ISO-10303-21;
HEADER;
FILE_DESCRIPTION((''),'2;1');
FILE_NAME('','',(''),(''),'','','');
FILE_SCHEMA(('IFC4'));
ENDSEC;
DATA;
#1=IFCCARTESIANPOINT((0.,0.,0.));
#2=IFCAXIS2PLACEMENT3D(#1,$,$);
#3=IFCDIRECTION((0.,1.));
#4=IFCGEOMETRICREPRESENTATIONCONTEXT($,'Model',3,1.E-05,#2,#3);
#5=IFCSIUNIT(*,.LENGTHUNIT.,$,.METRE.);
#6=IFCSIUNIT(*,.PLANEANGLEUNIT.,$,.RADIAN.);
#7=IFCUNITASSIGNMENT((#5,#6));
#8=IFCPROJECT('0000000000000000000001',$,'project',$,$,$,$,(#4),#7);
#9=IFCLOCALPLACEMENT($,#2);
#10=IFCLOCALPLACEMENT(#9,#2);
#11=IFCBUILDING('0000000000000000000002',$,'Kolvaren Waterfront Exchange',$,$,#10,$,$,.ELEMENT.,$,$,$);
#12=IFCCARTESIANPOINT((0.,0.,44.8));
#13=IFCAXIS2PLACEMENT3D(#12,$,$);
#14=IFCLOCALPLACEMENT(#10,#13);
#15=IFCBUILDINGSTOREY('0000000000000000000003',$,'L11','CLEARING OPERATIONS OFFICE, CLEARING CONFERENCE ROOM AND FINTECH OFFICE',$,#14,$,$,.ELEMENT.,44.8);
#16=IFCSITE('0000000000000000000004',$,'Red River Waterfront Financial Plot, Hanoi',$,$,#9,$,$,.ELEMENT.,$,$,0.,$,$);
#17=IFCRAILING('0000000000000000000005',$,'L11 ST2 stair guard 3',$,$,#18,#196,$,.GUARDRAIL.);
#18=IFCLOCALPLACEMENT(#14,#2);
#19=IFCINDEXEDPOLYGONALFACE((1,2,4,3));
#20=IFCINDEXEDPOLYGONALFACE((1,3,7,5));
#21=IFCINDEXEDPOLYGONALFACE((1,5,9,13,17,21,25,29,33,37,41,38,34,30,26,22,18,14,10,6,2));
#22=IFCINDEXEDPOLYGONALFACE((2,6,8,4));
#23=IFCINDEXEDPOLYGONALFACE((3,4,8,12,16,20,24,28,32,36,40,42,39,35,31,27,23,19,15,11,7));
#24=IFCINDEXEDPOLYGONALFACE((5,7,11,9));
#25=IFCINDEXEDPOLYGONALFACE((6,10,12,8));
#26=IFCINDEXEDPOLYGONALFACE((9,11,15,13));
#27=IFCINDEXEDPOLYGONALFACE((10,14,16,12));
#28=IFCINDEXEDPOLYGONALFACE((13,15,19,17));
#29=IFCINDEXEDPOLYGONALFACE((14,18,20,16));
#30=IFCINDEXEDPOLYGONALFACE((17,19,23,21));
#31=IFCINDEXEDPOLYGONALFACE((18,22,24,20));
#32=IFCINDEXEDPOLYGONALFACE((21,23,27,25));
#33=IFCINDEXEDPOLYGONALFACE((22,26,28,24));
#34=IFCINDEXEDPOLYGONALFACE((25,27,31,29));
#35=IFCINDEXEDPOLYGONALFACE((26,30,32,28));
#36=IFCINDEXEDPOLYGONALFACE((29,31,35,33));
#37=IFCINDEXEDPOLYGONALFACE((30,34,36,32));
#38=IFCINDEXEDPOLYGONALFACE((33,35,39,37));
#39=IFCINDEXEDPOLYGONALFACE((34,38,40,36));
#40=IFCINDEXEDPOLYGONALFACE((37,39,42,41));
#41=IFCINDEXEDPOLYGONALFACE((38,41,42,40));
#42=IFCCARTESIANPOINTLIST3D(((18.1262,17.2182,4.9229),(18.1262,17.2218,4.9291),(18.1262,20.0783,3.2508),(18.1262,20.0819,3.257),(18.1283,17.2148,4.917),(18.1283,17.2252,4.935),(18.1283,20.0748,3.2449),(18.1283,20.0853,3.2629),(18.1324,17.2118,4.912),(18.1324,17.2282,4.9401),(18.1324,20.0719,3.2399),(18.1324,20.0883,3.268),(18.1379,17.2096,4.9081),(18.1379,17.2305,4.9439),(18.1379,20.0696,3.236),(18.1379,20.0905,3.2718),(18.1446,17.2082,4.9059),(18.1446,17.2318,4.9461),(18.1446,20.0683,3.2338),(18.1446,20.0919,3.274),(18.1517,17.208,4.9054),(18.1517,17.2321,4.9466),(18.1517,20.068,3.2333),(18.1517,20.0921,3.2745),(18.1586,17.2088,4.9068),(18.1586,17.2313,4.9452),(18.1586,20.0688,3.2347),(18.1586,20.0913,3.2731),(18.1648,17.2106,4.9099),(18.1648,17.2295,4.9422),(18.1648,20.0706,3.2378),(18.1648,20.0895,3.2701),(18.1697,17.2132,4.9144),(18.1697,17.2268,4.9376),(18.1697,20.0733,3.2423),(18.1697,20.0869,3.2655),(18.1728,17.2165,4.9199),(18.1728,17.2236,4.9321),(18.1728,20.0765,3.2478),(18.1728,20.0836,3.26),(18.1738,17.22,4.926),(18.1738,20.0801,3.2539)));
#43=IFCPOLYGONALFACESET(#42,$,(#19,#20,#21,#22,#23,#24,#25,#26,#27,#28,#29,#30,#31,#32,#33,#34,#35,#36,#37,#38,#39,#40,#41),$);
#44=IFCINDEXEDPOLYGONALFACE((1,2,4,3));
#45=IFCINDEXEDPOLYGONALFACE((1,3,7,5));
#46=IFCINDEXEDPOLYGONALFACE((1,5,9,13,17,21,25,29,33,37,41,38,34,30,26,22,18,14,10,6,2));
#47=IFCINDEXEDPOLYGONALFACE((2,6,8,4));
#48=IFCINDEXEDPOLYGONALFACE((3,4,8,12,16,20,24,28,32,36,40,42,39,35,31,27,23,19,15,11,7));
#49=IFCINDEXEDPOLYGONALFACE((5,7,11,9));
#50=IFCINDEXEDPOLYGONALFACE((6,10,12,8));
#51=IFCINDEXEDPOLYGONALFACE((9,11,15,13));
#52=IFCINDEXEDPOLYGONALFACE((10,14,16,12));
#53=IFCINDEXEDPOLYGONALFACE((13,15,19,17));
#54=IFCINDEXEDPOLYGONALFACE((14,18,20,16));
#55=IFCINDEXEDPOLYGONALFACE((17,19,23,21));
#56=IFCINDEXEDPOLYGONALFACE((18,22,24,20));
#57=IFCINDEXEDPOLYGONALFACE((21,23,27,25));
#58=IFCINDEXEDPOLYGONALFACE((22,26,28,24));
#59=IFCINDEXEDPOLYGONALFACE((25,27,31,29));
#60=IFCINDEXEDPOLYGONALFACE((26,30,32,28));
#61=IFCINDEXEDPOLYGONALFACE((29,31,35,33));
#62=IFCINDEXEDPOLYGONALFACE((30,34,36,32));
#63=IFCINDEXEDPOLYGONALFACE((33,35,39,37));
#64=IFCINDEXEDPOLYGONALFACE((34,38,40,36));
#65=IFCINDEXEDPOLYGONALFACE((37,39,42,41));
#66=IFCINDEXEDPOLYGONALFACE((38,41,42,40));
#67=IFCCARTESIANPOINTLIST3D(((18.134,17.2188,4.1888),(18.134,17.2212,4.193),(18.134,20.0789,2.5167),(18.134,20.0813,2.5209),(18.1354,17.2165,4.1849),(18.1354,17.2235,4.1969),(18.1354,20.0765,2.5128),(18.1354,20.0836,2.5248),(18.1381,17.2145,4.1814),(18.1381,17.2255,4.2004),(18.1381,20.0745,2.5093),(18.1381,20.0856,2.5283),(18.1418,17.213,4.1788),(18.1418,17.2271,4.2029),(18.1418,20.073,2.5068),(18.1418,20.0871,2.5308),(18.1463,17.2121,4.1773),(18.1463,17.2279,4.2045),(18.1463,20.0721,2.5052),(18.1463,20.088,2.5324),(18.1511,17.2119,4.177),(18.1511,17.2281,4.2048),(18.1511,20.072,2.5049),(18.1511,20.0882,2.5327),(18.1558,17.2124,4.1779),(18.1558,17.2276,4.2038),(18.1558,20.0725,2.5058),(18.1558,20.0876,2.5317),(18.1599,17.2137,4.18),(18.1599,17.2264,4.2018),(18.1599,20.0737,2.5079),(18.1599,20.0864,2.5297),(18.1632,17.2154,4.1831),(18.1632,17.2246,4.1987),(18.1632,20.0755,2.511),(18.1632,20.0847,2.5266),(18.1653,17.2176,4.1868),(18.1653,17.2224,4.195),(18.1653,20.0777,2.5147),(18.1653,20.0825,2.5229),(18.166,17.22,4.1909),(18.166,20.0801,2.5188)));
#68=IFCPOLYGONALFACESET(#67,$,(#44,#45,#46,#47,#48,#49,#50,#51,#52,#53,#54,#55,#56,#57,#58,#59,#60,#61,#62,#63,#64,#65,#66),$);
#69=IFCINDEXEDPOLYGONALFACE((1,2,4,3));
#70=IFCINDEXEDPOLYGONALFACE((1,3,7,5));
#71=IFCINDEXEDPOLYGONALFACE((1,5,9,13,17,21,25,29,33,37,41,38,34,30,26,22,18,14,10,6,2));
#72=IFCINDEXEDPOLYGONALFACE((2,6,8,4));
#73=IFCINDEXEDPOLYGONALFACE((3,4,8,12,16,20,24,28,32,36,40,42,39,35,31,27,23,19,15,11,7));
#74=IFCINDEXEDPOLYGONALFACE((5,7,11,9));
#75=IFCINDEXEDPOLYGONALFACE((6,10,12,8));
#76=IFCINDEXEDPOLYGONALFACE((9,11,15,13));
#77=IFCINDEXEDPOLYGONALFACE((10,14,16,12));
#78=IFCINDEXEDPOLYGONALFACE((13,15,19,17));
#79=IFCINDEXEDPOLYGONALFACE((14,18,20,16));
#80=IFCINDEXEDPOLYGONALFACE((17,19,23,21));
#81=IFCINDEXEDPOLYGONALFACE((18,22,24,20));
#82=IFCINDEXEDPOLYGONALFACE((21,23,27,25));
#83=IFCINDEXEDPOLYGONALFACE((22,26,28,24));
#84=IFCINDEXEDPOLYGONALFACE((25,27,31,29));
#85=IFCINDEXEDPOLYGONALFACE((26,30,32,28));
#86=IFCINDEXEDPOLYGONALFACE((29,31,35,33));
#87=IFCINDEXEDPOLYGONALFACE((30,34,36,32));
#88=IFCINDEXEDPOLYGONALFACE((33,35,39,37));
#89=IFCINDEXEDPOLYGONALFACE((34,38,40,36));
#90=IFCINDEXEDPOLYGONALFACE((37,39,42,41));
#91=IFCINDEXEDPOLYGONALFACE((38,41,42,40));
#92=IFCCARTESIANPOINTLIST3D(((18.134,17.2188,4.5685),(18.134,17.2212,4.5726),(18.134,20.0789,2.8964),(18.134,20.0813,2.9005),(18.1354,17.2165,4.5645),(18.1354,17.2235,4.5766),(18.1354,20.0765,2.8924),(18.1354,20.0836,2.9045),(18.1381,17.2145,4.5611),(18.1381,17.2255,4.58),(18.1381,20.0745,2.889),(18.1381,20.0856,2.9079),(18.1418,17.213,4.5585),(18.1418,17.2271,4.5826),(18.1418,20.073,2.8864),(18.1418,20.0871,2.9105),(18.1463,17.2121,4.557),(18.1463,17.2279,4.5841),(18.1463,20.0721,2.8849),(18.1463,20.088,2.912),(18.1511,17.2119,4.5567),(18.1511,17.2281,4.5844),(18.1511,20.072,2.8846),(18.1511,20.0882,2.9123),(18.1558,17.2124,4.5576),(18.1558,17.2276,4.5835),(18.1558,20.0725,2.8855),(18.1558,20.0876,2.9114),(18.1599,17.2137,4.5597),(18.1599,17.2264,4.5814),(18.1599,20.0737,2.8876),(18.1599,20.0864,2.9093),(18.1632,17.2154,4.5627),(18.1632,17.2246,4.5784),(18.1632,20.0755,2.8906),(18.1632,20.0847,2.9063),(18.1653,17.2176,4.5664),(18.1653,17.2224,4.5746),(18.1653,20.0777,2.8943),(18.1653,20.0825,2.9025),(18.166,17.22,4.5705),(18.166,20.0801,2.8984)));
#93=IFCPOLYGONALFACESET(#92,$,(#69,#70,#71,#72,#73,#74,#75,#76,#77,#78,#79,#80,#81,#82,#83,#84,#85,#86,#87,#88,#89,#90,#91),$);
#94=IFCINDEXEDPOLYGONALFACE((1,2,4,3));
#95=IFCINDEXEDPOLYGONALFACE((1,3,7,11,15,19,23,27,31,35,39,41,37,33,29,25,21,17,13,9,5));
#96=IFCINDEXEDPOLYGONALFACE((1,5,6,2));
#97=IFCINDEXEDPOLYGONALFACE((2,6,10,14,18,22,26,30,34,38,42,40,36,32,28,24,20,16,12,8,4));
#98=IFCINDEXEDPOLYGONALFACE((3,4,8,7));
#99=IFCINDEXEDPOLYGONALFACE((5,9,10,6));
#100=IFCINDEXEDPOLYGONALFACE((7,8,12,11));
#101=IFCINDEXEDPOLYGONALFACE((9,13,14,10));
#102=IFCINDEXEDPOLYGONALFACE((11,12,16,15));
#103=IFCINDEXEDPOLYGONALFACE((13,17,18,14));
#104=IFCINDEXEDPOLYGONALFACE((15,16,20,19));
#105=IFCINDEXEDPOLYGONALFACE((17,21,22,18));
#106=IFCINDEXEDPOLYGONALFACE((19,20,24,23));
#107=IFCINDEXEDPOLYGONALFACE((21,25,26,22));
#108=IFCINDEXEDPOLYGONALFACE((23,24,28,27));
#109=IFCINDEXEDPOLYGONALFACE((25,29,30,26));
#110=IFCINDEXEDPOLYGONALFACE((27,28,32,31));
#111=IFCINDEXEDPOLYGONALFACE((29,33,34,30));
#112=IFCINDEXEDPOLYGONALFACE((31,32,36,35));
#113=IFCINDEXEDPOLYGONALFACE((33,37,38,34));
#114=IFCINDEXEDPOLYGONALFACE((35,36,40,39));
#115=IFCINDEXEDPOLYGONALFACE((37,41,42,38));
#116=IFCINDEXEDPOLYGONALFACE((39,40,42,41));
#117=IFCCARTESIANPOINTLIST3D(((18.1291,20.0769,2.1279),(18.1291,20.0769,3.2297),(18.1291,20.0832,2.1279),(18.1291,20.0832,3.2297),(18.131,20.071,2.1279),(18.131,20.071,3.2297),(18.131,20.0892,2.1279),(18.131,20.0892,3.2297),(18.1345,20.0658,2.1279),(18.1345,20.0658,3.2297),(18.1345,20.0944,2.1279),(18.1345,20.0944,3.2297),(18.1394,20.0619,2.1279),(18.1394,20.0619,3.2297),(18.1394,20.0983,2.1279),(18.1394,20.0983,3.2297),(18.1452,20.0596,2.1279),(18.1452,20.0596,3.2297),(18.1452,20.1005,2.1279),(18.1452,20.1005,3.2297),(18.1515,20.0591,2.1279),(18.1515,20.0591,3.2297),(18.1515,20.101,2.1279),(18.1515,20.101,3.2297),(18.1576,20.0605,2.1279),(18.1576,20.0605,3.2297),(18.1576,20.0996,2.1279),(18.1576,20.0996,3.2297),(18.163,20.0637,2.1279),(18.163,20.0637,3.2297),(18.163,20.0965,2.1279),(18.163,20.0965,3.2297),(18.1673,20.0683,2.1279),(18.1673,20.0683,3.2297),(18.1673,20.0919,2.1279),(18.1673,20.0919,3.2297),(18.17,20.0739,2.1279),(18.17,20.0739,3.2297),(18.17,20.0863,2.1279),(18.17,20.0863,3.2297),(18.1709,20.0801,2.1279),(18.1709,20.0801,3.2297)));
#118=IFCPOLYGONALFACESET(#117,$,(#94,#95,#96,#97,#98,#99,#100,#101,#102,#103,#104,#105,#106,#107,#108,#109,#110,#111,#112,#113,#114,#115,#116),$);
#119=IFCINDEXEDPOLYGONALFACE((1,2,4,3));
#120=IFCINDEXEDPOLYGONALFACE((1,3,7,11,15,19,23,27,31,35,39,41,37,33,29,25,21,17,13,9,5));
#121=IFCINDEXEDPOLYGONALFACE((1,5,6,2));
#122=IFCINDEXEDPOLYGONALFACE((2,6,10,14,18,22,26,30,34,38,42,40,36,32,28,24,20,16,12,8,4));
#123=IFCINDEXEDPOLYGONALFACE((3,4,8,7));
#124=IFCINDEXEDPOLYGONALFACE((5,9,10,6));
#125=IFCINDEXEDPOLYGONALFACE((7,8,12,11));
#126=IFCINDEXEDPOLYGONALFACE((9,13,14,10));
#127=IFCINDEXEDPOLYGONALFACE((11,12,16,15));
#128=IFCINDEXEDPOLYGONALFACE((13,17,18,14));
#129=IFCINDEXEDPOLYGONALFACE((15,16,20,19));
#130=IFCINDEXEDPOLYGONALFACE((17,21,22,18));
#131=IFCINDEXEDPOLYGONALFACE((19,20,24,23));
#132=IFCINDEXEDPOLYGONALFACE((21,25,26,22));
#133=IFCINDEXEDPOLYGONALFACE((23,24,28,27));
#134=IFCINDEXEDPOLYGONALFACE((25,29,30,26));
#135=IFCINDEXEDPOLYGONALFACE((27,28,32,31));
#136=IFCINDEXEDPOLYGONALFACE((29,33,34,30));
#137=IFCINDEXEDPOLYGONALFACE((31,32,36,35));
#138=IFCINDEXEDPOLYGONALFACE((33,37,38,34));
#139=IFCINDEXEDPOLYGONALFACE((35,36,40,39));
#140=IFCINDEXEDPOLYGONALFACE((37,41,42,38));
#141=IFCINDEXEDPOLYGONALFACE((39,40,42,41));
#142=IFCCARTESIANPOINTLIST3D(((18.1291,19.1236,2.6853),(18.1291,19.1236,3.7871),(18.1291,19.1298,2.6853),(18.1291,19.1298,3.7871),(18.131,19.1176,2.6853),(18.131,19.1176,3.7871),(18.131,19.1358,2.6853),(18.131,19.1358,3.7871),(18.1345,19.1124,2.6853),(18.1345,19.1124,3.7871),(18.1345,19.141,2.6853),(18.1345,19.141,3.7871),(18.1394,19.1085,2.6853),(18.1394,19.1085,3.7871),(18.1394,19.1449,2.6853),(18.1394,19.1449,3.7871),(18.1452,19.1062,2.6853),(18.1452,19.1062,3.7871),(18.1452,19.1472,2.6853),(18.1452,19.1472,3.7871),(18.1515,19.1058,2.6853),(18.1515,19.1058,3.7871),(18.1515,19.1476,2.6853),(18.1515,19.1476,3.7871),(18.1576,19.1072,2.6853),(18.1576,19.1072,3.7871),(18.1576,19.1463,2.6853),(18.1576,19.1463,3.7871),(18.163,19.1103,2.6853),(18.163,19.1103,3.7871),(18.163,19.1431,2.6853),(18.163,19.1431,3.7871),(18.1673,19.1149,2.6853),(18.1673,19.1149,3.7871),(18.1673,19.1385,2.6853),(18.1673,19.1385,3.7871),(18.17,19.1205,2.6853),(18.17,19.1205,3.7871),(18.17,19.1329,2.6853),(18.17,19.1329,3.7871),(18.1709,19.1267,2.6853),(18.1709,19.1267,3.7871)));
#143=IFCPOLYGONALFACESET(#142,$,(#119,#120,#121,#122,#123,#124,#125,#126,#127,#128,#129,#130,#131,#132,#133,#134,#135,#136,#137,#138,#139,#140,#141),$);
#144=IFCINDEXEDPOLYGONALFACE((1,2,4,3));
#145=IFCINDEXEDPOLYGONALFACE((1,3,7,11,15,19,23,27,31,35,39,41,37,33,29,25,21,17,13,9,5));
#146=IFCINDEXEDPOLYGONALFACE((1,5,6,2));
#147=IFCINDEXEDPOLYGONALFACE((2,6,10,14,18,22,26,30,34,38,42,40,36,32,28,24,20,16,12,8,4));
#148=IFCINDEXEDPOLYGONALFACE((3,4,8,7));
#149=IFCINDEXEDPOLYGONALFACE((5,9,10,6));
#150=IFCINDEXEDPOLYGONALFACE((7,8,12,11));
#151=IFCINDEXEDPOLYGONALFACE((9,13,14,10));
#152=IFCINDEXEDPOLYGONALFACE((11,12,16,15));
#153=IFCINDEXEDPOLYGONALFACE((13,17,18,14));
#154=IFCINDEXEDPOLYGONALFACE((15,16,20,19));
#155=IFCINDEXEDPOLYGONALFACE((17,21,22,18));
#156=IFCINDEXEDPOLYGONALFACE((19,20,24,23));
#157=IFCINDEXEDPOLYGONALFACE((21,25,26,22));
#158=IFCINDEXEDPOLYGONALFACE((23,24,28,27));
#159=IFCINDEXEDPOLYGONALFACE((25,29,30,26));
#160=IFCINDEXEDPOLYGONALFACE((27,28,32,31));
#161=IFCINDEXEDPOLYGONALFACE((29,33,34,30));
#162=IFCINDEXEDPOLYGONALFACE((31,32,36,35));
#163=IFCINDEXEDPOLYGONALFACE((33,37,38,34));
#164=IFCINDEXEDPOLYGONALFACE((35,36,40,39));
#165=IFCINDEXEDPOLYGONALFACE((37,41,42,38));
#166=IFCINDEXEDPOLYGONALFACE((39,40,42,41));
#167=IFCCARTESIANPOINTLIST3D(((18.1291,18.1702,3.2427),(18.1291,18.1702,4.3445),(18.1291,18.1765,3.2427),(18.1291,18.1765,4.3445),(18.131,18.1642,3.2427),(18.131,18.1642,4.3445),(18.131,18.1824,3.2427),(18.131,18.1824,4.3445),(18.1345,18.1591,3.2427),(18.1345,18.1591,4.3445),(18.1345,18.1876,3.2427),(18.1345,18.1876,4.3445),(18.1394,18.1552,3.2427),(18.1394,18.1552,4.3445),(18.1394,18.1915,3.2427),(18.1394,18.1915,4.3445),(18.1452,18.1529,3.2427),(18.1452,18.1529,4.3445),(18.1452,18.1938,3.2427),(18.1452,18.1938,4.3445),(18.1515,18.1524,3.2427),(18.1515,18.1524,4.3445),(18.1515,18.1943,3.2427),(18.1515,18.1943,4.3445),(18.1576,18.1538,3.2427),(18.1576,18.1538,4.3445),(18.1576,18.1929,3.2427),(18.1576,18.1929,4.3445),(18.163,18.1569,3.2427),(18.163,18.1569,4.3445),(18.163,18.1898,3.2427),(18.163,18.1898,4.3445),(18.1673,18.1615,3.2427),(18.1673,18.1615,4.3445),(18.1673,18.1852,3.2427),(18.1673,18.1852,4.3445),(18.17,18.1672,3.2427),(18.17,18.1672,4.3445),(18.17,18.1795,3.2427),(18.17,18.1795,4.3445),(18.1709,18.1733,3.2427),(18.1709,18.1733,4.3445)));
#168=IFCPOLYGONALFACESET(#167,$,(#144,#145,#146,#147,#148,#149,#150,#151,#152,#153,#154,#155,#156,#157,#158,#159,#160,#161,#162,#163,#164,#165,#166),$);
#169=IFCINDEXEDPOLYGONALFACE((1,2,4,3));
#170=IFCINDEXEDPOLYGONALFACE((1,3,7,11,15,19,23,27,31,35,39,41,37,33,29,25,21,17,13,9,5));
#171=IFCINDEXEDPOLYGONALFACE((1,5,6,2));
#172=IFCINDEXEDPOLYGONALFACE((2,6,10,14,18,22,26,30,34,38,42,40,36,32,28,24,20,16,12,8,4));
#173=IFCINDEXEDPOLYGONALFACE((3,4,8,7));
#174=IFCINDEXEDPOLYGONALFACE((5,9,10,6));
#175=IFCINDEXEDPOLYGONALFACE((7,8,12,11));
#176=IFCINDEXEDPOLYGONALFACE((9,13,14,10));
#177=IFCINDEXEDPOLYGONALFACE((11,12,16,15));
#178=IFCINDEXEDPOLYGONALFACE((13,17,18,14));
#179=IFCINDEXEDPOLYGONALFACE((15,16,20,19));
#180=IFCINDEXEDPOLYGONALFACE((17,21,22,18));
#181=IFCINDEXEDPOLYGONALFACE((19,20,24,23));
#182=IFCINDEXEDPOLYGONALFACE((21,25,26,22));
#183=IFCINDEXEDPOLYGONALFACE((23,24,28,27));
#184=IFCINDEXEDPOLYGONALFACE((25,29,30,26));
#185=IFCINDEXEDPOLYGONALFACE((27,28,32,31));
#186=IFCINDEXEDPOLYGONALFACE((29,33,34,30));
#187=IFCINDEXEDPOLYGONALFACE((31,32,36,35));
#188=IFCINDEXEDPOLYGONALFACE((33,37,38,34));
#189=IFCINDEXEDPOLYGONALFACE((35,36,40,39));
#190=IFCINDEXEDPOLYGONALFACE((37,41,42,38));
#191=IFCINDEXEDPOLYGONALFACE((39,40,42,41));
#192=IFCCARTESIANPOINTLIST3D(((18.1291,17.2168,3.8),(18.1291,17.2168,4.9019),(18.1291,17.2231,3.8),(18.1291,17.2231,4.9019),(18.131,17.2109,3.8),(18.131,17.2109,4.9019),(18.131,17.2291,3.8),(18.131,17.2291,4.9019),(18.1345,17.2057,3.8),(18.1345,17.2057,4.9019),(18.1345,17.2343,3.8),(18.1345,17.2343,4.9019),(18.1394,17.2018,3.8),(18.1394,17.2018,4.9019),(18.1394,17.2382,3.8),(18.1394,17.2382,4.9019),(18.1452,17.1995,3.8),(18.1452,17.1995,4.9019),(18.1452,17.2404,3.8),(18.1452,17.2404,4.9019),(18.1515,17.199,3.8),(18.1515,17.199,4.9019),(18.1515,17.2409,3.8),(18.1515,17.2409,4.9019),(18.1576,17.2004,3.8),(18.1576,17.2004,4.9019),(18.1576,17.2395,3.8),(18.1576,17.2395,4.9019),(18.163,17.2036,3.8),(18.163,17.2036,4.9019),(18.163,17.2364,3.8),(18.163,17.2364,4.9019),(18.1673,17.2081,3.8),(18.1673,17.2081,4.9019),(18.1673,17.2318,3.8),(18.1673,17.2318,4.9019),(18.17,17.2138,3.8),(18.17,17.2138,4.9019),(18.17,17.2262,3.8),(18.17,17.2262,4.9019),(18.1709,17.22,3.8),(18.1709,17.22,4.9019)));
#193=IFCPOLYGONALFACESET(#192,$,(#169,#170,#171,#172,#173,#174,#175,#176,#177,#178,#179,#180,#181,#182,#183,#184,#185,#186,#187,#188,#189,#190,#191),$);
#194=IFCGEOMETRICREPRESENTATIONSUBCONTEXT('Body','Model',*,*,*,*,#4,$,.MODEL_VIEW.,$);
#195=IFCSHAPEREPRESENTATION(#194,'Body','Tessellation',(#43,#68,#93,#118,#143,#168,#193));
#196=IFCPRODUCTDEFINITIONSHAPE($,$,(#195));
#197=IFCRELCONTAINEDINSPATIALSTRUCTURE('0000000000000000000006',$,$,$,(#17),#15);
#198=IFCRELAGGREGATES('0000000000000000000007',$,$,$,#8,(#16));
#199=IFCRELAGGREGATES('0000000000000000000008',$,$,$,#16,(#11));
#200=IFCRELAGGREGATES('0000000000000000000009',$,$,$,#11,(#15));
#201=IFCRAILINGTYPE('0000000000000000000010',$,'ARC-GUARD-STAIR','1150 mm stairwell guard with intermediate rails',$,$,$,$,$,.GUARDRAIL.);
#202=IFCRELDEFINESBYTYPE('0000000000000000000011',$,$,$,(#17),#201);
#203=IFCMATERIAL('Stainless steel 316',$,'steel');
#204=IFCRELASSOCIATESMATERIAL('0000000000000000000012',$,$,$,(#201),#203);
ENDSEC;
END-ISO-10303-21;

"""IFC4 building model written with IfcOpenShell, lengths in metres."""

from ifc_helpers import new_model, si_unit, direction, frame, origin, origin_2d, place, context, subcontext, project, spatial, circle, extrude, material, type_object, element, save


model = new_model("IFC4")

# Units and contexts
model_context = context("Model", 3, precision=1e-05, world=origin(), true_north=direction((0.0, 1.0)))
body_context = subcontext(model_context, "Body", "Model", "MODEL_VIEW")
ifc_project = project(units=[si_unit("LENGTHUNIT", "METRE"), si_unit("PLANEANGLEUNIT", "RADIAN")], contexts=[model_context])

# Site, building, storey
site_placement = place(None, origin())
site = spatial("IfcSite", under=ifc_project, at=site_placement, Name="Red River Waterfront Financial Plot, Hanoi", CompositionType="ELEMENT", RefElevation=0.0)
building_placement = place(site_placement, origin())
building = spatial("IfcBuilding", under=site, at=building_placement, Name="Kolvaren Waterfront Exchange", CompositionType="ELEMENT")
storey_placement = place(building_placement, frame((0.0, 0.0, 44.8)))
storey = spatial("IfcBuildingStorey", under=building, at=storey_placement, Name="L11", Description="CLEARING OPERATIONS OFFICE, CLEARING CONFERENCE ROOM AND FINTECH OFFICE", CompositionType="ELEMENT", Elevation=44.8)

# Railing
ifc_material_1 = material(Name="Stainless steel 316", Category="steel")
railing_type_1 = type_object("IfcRailingType", Name="ARC-GUARD-STAIR", Description="1150 mm stairwell guard with intermediate rails", PredefinedType="GUARDRAIL", material=ifc_material_1)
railing_1_placement = place(storey_placement, frame((18.1499, 20.0801, 2.1279)))
element("IfcRailing", 1, at=railing_1_placement, inside=storey, type_object=railing_type_1, Name="L11 ST2 stair guard 3", PredefinedType="GUARDRAIL", context=body_context, shape_type="SweptSolid", body=[
    extrude(circle(Radius=0.0239, at=origin_2d()), frame((0.0, 0.0, 1.126), z_axis=(0.0, -0.863289, 0.504709), x_axis=(1.0, 0.0, 0.0)), (0.0, 0.0, 1.0), 3.313),
    extrude(circle(Radius=0.0161, at=origin_2d()), frame((0.0, 0.0, 0.3909), z_axis=(0.0, -0.863289, 0.504709), x_axis=(1.0, 0.0, 0.0)), (0.0, 0.0, 1.0), 3.313),
    extrude(circle(Radius=0.0161, at=origin_2d()), frame((0.0, 0.0, 0.7705), z_axis=(0.0, -0.863289, 0.504709), x_axis=(1.0, 0.0, 0.0)), (0.0, 0.0, 1.0), 3.313),
    extrude(circle(Radius=0.021, at=origin_2d()), origin(), (0.0, 0.0, 1.0), 1.1018),
    extrude(circle(Radius=0.021, at=origin_2d()), frame((0.0, -0.9534, 0.5574)), (0.0, 0.0, 1.0), 1.1018),
    extrude(circle(Radius=0.021, at=origin_2d()), frame((0.0, -1.9067, 1.1147)), (0.0, 0.0, 1.0), 1.1018),
    extrude(circle(Radius=0.021, at=origin_2d()), frame((0.0, -2.8601, 1.6721)), (0.0, 0.0, 1.0), 1.1018),
])

save(model, "model.ifc")
